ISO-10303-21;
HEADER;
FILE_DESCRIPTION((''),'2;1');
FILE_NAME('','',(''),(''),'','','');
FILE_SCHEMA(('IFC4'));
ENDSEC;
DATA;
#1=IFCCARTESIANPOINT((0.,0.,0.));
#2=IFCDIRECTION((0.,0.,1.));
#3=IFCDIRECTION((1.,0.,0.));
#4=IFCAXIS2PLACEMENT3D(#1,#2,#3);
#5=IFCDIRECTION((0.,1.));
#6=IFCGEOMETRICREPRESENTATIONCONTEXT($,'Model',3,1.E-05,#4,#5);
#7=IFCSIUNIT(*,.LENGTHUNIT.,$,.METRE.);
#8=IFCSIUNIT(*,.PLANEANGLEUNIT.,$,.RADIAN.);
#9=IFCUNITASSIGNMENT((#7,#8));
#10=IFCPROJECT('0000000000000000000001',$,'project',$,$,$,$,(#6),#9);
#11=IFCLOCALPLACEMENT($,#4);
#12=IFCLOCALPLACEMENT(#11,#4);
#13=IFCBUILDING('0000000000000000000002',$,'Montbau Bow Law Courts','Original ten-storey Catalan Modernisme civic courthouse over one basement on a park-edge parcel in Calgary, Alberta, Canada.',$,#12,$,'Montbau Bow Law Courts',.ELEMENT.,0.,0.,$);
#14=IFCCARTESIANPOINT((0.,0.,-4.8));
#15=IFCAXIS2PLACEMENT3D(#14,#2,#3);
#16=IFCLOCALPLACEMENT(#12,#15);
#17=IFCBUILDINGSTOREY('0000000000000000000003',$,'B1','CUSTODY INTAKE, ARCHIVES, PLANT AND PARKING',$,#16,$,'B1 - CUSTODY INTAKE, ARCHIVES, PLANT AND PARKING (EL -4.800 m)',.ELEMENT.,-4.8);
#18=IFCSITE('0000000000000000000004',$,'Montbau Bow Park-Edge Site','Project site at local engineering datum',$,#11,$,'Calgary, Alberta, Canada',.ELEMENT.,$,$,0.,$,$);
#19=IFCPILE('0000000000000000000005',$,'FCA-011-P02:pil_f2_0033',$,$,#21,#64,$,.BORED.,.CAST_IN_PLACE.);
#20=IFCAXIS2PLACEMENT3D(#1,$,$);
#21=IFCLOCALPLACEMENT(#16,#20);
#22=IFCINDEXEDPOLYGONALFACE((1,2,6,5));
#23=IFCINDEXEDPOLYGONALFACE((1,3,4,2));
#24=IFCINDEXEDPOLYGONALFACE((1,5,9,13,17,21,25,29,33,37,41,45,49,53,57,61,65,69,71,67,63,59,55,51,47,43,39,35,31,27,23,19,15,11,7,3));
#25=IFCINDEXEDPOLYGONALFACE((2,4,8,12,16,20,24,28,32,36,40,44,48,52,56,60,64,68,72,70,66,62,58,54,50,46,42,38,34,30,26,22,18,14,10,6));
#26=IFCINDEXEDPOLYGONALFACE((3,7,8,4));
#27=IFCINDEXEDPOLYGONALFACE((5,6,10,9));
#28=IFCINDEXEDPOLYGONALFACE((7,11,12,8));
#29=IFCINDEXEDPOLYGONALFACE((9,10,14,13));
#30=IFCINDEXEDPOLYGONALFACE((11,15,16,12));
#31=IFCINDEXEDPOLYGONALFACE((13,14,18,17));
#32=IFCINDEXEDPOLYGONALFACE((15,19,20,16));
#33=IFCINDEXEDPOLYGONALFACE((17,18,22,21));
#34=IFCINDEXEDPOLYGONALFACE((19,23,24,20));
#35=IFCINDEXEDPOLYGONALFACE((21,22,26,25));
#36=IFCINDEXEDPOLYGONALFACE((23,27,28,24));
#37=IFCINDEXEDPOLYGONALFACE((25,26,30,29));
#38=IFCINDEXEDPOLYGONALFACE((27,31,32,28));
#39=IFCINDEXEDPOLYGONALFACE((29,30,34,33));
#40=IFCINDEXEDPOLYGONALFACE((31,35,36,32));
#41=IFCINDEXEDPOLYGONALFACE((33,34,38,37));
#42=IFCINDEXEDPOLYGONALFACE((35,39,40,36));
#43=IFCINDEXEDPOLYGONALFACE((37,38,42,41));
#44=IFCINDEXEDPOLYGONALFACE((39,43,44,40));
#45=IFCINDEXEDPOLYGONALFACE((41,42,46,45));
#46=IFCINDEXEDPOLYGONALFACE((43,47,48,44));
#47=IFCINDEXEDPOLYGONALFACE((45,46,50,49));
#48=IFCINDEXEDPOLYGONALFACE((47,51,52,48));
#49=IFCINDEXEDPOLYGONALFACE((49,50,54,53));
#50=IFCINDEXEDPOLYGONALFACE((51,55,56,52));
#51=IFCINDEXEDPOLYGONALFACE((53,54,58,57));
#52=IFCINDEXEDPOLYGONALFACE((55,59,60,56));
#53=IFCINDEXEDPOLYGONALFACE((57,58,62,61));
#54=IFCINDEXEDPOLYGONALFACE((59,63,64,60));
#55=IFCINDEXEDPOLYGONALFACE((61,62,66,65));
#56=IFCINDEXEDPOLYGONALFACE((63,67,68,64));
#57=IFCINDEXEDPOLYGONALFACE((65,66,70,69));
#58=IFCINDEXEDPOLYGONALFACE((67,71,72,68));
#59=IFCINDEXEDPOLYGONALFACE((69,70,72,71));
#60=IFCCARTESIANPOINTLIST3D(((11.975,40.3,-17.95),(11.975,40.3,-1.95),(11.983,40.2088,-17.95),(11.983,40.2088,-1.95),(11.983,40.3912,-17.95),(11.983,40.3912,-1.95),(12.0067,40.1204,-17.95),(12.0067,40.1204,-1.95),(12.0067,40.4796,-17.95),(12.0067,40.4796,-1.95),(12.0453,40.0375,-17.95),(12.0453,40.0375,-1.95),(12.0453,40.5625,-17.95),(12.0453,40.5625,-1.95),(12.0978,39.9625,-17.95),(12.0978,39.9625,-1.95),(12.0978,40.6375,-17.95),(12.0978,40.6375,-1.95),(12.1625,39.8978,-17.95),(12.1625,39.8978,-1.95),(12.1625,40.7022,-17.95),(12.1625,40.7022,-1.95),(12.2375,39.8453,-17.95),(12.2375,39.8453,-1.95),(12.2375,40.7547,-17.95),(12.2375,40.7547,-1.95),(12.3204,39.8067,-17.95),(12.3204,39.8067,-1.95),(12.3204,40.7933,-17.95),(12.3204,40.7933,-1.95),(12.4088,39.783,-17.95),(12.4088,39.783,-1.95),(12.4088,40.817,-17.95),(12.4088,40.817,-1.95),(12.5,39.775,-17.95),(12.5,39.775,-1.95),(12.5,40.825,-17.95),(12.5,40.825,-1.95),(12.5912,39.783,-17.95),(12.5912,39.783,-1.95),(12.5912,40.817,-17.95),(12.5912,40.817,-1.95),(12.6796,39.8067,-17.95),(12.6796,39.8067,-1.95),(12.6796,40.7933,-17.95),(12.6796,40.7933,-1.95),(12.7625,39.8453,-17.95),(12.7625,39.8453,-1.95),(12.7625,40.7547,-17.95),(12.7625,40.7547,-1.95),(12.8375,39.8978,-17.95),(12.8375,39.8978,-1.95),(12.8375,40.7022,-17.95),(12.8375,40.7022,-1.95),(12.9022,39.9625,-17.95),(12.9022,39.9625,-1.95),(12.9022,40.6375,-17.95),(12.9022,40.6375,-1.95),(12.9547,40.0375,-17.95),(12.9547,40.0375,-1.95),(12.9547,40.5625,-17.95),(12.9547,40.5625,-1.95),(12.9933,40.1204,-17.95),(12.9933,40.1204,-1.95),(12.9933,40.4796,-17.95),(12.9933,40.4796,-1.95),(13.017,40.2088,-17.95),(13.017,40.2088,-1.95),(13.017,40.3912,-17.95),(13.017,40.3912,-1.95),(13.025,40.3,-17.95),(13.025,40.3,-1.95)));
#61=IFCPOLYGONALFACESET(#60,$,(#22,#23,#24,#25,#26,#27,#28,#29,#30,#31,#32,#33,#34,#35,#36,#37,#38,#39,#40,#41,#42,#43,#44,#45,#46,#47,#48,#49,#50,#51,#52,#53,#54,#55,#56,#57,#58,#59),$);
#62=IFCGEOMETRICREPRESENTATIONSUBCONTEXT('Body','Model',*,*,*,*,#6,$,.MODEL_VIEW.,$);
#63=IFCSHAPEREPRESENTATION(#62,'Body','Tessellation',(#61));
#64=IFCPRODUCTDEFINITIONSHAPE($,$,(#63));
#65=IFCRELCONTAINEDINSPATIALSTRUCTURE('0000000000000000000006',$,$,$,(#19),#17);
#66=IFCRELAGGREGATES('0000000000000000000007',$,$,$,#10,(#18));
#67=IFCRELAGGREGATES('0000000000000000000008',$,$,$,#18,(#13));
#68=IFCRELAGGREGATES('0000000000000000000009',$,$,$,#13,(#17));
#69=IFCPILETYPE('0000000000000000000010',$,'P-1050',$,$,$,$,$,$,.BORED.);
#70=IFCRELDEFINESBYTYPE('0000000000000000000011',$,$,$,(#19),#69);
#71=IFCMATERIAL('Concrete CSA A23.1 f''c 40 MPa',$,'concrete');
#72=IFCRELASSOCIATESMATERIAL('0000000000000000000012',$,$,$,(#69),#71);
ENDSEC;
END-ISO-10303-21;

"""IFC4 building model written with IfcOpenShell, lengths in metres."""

from ifc_helpers import new_model, si_unit, direction, frame, origin_with_axes, origin_2d_with_axis, place, context, subcontext, project, spatial, circle, extrude, material, material_profile, profile_set, type_object, element, save


model = new_model("IFC4")

# Units and contexts
model_context = context("Model", 3, precision=1e-05, world=origin_with_axes(), true_north=direction((0.0, 1.0)))
body_context = subcontext(model_context, "Body", "Model", "MODEL_VIEW")
ifc_project = project(units=[si_unit("LENGTHUNIT", "METRE"), si_unit("PLANEANGLEUNIT", "RADIAN")], contexts=[model_context])

# Site, building, storey
site_placement = place(None, origin_with_axes())
site = spatial("IfcSite", under=ifc_project, at=site_placement, Name="Montbau Bow Park-Edge Site", Description="Project site at local engineering datum", LongName="Calgary, Alberta, Canada", CompositionType="ELEMENT", RefElevation=0.0)
building_placement = place(site_placement, origin_with_axes())
building = spatial("IfcBuilding", under=site, at=building_placement, Name="Montbau Bow Law Courts", Description="Original ten-storey Catalan Modernisme civic courthouse over one basement on a park-edge parcel in Calgary, Alberta, Canada.", LongName="Montbau Bow Law Courts", CompositionType="ELEMENT", ElevationOfRefHeight=0.0, ElevationOfTerrain=0.0)
storey_placement = place(building_placement, frame((0.0, 0.0, -4.8), z_axis=(0.0, 0.0, 1.0), x_axis=(1.0, 0.0, 0.0)))
storey = spatial("IfcBuildingStorey", under=building, at=storey_placement, Name="B1", Description="CUSTODY INTAKE, ARCHIVES, PLANT AND PARKING", LongName="B1 - CUSTODY INTAKE, ARCHIVES, PLANT AND PARKING (EL -4.800 m)", CompositionType="ELEMENT", Elevation=-4.8)

# Pile
ifc_material = material(Name="Concrete CSA A23.1 f'c 40 MPa", Category="concrete")
ifc_material_profile_1 = material_profile(ifc_material, circle(Radius=0.525, at=origin_2d_with_axis()), Name="BP1050", Category="Main", Priority=0)
ifc_profile_set_1 = profile_set([ifc_material_profile_1], Name="Concrete CSA A23.1 f'c 40 MPa")
pile_type_1 = type_object("IfcPileType", Name="P-1050", PredefinedType="BORED", material=ifc_profile_set_1)
for number, where, z_axis, x_axis, name in (
    (1, (12.5, 40.3, -22.75), (0.0, 0.0, 1.0), (1.0, 0.0, 0.0), "FCA-011-P02:pil_f2_0033"),
):
    element("IfcPile", number, at=place(None, frame(where, z_axis=z_axis, x_axis=x_axis)), inside=storey, type_object=pile_type_1, Name=name, ConstructionType="CAST_IN_PLACE", PredefinedType="BORED", context=body_context, shape_type="SweptSolid", body=[
        extrude(circle(Radius=0.525, at=origin_2d_with_axis()), origin_with_axes(), (0.0, 0.0, 1.0), 16.0),
    ])

save(model, "model.ifc")
